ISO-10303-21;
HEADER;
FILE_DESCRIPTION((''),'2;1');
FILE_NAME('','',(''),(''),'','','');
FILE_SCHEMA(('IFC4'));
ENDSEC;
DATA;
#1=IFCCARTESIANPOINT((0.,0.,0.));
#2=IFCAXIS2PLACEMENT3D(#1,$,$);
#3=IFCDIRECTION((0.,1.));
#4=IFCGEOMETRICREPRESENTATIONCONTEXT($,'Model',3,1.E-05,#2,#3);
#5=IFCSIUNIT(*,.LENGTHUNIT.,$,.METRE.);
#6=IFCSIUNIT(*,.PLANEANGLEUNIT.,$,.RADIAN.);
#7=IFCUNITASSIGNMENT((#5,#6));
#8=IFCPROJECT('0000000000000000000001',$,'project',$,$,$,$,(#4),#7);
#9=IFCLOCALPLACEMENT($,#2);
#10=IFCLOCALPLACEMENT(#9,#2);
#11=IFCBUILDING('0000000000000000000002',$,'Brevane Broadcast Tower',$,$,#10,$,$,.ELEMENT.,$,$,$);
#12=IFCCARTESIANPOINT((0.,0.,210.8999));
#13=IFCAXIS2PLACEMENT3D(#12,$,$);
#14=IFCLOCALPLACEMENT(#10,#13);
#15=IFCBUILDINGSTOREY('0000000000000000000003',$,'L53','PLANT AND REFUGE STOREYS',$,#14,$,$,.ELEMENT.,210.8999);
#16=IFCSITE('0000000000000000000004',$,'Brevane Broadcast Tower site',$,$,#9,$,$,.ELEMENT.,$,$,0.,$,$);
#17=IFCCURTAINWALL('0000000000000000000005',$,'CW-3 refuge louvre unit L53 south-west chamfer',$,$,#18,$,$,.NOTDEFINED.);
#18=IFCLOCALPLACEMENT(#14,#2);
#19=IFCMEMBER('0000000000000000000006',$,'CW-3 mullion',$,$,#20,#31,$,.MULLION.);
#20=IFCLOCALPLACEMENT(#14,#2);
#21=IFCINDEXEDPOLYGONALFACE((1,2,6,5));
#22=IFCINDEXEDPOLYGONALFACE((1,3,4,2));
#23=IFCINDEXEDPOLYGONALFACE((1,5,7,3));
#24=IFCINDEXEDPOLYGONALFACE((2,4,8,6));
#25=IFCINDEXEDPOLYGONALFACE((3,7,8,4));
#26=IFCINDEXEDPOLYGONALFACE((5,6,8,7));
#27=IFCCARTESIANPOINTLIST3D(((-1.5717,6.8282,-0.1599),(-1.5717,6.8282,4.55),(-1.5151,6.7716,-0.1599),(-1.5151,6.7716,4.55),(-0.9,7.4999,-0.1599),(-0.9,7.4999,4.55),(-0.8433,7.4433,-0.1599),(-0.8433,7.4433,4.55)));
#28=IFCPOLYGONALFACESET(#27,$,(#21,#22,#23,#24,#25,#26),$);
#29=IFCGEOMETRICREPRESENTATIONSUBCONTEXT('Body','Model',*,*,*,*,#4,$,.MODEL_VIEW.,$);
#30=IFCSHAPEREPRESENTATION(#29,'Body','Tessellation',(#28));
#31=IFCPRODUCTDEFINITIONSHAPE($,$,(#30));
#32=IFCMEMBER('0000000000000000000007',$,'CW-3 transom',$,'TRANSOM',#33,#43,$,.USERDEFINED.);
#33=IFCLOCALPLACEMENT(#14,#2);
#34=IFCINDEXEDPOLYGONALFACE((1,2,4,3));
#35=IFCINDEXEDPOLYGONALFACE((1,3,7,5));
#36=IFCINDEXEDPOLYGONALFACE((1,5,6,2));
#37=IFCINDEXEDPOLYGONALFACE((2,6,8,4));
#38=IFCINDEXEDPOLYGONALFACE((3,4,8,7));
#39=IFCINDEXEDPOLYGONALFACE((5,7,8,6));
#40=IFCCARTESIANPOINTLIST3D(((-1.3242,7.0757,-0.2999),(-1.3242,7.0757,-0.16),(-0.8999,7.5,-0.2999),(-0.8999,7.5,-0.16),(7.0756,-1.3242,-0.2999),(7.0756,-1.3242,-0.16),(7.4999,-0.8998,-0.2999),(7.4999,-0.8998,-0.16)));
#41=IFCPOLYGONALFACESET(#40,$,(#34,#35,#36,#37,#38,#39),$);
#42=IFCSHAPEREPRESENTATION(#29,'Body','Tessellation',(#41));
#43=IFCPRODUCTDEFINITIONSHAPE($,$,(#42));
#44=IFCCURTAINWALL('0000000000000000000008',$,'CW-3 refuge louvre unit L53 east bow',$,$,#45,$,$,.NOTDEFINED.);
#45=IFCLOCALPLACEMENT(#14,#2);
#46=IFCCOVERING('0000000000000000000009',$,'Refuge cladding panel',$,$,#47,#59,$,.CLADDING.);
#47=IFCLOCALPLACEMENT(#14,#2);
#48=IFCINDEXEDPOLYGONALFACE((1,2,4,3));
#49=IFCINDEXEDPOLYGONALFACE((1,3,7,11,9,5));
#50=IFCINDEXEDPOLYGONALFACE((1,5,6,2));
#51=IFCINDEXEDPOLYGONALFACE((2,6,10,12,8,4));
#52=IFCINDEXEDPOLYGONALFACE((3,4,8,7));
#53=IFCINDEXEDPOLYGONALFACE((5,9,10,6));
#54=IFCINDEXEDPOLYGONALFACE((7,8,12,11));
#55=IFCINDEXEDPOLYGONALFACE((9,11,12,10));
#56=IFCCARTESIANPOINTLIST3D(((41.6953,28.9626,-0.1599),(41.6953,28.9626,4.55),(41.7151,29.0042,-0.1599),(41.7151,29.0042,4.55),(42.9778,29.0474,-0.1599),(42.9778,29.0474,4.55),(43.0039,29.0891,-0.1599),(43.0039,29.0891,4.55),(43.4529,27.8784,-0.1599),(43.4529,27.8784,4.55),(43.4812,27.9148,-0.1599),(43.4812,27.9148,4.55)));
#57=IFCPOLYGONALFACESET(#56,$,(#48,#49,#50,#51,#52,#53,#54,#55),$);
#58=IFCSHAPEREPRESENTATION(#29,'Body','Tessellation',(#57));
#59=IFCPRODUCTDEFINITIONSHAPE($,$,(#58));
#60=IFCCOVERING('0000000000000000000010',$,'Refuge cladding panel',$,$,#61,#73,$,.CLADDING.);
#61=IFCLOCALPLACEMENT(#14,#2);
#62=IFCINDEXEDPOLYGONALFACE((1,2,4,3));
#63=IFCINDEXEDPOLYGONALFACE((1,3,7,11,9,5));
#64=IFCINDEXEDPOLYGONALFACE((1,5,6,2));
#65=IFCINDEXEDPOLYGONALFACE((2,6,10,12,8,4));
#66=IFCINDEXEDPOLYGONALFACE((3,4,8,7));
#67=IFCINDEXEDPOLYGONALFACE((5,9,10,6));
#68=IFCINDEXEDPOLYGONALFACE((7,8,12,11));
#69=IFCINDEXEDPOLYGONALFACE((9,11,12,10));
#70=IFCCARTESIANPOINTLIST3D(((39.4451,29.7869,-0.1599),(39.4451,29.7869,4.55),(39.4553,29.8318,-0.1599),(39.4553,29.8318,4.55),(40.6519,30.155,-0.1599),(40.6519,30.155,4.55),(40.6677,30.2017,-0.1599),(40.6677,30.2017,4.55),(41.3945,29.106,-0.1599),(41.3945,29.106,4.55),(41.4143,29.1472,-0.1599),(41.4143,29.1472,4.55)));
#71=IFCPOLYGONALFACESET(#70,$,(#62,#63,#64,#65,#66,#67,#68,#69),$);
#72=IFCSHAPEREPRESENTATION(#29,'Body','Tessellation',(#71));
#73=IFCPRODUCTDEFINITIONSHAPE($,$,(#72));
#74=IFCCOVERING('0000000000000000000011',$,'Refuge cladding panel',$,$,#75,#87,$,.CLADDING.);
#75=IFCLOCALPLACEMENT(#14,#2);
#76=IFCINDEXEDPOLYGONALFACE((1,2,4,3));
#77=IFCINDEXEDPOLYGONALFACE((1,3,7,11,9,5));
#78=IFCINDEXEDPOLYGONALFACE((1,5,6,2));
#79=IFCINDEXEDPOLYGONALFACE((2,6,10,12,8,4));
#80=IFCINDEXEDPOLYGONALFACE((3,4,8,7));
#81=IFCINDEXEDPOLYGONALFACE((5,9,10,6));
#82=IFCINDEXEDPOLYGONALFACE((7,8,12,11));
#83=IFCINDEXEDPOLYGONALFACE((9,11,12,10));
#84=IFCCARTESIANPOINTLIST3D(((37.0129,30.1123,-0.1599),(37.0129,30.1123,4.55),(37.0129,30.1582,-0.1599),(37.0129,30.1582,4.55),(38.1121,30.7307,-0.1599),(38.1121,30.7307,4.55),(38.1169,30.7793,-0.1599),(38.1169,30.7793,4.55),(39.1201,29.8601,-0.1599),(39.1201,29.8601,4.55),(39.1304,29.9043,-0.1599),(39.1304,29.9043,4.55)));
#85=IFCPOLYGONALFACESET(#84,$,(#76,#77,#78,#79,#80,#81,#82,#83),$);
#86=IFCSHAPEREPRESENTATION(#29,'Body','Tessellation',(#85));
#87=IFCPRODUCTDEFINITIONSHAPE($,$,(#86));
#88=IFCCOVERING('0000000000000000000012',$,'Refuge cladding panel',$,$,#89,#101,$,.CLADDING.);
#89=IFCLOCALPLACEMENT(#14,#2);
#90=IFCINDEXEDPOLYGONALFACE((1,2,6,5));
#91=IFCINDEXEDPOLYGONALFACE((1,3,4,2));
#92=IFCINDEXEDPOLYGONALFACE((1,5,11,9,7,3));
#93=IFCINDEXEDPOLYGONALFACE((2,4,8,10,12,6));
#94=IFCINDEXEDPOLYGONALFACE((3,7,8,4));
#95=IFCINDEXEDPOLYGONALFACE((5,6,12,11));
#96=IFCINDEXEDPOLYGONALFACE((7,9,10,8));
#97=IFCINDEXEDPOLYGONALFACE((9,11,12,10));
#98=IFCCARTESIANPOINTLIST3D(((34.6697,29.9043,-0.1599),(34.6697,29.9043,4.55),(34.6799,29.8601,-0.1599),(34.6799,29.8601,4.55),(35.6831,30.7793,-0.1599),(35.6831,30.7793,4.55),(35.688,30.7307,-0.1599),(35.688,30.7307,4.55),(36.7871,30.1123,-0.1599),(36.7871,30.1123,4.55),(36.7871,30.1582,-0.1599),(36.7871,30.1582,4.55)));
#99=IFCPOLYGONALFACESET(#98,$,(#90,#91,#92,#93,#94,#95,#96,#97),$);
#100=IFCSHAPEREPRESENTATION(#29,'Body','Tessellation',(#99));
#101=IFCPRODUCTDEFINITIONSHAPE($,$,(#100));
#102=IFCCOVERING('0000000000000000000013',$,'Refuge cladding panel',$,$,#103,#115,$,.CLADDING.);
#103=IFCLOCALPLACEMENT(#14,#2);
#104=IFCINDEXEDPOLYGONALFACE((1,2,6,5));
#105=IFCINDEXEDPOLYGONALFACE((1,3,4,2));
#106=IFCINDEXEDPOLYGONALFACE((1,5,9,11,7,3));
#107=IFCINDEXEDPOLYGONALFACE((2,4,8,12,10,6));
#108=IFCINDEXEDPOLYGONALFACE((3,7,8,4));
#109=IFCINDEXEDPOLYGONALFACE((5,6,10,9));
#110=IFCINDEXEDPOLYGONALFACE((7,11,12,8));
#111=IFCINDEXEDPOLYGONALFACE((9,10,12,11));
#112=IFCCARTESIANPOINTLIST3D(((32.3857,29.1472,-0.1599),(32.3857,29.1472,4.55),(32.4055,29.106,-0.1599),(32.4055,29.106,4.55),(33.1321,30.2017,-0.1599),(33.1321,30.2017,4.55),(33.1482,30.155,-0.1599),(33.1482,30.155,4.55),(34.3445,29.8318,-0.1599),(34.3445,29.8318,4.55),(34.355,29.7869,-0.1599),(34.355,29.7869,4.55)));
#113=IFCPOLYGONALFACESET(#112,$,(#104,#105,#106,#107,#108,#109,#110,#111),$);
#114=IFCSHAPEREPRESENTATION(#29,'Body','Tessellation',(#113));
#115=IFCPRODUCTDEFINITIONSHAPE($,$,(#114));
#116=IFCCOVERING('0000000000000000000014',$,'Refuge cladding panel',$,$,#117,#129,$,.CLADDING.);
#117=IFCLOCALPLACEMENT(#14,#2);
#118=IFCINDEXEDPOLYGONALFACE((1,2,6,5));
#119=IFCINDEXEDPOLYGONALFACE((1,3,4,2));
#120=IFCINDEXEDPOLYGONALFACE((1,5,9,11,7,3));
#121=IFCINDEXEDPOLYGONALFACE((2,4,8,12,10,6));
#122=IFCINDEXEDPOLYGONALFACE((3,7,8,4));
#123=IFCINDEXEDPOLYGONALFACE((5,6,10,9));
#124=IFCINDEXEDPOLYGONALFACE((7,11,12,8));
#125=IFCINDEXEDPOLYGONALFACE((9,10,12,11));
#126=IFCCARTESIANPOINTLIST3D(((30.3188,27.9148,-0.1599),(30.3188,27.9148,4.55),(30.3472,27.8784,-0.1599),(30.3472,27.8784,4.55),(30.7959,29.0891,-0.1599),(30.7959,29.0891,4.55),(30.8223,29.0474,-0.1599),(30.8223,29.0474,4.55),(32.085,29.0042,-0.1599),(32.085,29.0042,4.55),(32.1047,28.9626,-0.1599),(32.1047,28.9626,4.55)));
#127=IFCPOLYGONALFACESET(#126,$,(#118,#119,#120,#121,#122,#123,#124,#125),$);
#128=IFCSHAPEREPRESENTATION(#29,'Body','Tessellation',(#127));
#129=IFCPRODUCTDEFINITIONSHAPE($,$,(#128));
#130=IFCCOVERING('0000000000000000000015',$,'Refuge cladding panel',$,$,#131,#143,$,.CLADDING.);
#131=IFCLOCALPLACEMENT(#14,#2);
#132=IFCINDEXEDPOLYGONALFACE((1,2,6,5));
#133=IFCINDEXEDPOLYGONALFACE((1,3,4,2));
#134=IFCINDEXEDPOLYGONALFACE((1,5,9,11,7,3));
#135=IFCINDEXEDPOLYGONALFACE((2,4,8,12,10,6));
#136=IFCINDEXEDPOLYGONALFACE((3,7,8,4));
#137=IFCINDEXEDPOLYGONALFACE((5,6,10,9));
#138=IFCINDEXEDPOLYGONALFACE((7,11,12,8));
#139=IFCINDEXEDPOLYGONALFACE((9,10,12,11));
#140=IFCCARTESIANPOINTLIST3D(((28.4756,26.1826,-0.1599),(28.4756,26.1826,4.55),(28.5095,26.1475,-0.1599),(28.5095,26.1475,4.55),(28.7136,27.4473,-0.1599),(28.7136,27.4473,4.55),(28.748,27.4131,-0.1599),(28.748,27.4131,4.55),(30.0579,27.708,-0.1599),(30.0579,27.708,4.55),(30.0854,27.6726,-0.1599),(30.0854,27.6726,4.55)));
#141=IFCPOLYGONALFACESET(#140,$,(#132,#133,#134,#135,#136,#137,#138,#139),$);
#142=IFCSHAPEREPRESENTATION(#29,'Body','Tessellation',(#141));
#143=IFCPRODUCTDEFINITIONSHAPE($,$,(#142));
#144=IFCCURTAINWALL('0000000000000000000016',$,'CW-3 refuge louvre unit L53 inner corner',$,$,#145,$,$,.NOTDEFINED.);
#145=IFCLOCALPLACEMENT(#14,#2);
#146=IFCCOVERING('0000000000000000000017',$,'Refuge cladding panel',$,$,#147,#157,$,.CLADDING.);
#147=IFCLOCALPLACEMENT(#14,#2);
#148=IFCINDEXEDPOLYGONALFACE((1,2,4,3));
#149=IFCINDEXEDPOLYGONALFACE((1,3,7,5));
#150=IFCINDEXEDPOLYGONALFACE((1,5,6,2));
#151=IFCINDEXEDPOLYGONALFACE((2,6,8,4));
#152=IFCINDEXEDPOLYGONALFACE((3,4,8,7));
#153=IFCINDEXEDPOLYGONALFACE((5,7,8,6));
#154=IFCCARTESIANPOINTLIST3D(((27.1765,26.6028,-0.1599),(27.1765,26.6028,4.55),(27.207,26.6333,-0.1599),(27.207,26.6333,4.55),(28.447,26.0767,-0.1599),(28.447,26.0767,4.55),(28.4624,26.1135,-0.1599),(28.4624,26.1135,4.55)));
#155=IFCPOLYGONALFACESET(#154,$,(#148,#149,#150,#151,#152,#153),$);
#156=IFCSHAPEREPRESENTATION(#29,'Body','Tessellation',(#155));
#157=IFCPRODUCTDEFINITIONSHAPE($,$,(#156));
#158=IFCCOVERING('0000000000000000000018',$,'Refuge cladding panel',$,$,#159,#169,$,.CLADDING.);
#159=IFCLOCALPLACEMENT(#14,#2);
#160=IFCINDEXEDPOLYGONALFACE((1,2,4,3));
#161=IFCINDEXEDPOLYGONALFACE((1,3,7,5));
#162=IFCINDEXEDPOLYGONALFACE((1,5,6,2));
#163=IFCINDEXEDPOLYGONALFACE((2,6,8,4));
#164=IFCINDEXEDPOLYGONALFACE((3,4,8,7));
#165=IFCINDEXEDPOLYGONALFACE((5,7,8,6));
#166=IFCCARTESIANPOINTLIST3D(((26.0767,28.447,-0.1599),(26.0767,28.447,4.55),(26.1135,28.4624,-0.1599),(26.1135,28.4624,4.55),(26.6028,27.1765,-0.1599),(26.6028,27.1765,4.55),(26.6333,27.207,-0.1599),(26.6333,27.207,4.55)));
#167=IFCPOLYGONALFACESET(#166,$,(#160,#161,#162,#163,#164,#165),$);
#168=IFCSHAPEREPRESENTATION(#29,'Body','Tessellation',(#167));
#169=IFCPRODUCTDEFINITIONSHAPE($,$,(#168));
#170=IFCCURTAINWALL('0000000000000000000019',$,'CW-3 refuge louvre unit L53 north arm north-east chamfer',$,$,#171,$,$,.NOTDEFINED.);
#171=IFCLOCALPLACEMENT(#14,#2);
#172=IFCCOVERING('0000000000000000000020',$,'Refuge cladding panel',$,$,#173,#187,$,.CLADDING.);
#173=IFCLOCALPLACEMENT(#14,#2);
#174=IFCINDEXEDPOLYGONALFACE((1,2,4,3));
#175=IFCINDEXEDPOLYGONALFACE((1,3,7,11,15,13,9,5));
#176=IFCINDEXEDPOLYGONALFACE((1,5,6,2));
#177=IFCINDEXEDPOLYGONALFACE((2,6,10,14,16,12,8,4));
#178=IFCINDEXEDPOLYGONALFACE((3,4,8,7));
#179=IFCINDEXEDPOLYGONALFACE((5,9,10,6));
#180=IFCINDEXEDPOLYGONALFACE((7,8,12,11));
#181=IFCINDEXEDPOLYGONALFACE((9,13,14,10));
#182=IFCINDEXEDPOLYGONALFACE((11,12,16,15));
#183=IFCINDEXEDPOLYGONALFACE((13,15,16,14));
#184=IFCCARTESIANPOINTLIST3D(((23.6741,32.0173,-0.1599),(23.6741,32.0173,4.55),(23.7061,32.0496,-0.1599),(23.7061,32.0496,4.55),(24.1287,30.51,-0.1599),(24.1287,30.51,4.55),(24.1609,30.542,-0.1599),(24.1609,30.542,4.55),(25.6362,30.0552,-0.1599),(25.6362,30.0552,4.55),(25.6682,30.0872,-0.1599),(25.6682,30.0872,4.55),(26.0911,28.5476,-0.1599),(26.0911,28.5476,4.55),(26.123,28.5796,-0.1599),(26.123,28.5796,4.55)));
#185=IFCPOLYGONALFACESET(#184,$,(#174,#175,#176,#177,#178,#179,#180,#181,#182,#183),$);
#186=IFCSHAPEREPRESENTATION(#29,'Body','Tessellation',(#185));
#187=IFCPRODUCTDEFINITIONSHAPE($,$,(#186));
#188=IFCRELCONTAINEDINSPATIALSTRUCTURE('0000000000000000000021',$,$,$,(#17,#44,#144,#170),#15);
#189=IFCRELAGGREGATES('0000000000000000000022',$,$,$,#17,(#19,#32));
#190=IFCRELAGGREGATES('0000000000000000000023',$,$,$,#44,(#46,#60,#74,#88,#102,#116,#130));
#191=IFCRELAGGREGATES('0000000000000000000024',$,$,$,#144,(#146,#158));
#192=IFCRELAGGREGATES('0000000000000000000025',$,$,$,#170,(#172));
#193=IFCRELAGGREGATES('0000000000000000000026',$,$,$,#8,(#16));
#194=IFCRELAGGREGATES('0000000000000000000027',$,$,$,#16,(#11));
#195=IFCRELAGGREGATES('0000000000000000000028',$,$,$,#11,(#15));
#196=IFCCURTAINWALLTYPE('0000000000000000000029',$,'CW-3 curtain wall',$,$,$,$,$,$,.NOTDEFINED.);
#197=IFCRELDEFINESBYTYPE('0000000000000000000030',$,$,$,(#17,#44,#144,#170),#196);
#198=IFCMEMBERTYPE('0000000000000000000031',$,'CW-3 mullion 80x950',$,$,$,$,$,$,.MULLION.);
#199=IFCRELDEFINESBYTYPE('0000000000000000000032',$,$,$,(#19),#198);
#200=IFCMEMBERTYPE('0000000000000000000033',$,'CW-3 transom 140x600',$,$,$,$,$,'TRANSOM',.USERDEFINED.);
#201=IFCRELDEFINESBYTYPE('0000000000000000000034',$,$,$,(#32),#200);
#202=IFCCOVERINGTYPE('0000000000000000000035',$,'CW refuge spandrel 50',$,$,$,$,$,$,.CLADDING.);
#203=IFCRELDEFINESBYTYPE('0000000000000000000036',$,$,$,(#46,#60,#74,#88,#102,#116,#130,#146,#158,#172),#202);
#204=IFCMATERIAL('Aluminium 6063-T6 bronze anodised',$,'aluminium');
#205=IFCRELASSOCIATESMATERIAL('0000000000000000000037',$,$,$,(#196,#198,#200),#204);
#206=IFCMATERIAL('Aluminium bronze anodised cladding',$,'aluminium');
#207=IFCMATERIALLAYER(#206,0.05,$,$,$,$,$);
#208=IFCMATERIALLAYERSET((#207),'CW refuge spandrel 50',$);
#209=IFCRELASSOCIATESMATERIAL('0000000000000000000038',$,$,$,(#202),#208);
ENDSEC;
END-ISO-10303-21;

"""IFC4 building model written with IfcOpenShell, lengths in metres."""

from ifc_helpers import new_model, si_unit, direction, frame, origin, origin_2d, place, context, subcontext, project, spatial, polyline, rectangle, outline, extrude, material, layer, layer_set, material_profile, profile_set, type_object, element, aggregate, save


model = new_model("IFC4")

# Units and contexts
model_context = context("Model", 3, precision=1e-05, world=origin(), true_north=direction((0.0, 1.0)))
body_context = subcontext(model_context, "Body", "Model", "MODEL_VIEW")
ifc_project = project(units=[si_unit("LENGTHUNIT", "METRE"), si_unit("PLANEANGLEUNIT", "RADIAN")], contexts=[model_context])

# Site, building, storey
site_placement = place(None, origin())
site = spatial("IfcSite", under=ifc_project, at=site_placement, Name="Brevane Broadcast Tower site", CompositionType="ELEMENT", RefElevation=0.0)
building_placement = place(site_placement, origin())
building = spatial("IfcBuilding", under=site, at=building_placement, Name="Brevane Broadcast Tower", CompositionType="ELEMENT")
storey_placement = place(building_placement, frame((0.0, 0.0, 210.8999)))
storey = spatial("IfcBuildingStorey", under=building, at=storey_placement, Name="L53", Description="PLANT AND REFUGE STOREYS", CompositionType="ELEMENT", Elevation=210.8999)

# Curtain wall, members
ifc_material_1 = material(Name="Aluminium 6063-T6 bronze anodised", Category="aluminium")
curtain_wall_type = type_object("IfcCurtainWallType", Name="CW-3 curtain wall", PredefinedType="NOTDEFINED", material=ifc_material_1)
curtain_wall_1_placement = place(storey_placement, origin())
curtain_wall_1 = element("IfcCurtainWall", 1, at=curtain_wall_1_placement, inside=storey, type_object=curtain_wall_type, Name="CW-3 refuge louvre unit L53 south-west chamfer", PredefinedType="NOTDEFINED")
ifc_material_profile_1 = material_profile(ifc_material_1, rectangle(XDim=0.95, YDim=0.0801, at=origin_2d()), Name="RECT 80x950")
ifc_profile_set_1 = profile_set([ifc_material_profile_1], Name="Aluminium 6063-T6 bronze anodised")
member_type_1 = type_object("IfcMemberType", Name="CW-3 mullion 80x950", PredefinedType="MULLION", material=ifc_profile_set_1)
member_1_placement = place(storey_placement, frame((-1.2075, 7.1357, -0.1599), z_axis=(0.0, 0.0, 1.0), x_axis=(0.707107, 0.707107, 0.0)))
member_1 = element("IfcMember", 2, at=member_1_placement, type_object=member_type_1, Name="CW-3 mullion", PredefinedType="MULLION", context=body_context, shape_type="SweptSolid", body=[
    extrude(rectangle(XDim=0.95, YDim=0.0801, at=origin_2d()), origin(), (0.0, 0.0, 1.0), 4.71),
])
ifc_material_profile_2 = material_profile(ifc_material_1, rectangle(XDim=0.6001, YDim=0.1399, at=origin_2d()), Name="RECT 140x600")
ifc_profile_set_2 = profile_set([ifc_material_profile_2], Name="Aluminium 6063-T6 bronze anodised")
member_type_2 = type_object("IfcMemberType", Name="CW-3 transom 140x600", ElementType="TRANSOM", PredefinedType="USERDEFINED", material=ifc_profile_set_2)
member_2_placement = place(storey_placement, frame((-1.1121, 7.2878, -0.23), z_axis=(0.707107, -0.707107, 0.0), x_axis=(0.707107, 0.707107, 0.0)))
member_2 = element("IfcMember", 3, at=member_2_placement, type_object=member_type_2, Name="CW-3 transom", ObjectType="TRANSOM", PredefinedType="USERDEFINED", context=body_context, shape_type="SweptSolid", body=[
    extrude(rectangle(XDim=0.6001, YDim=0.1399, at=origin_2d()), origin(), (0.0, 0.0, 1.0), 11.8792),
])
aggregate(curtain_wall_1, [member_1, member_2])

# Curtain walls, coverings
curtain_wall_2_placement = place(storey_placement, origin())
curtain_wall_2 = element("IfcCurtainWall", 4, at=curtain_wall_2_placement, inside=storey, type_object=curtain_wall_type, Name="CW-3 refuge louvre unit L53 east bow", PredefinedType="NOTDEFINED")
ifc_material_2 = material(Name="Aluminium bronze anodised cladding", Category="aluminium")
ifc_layer = layer(ifc_material_2, 0.05)
ifc_layer_set = layer_set([ifc_layer], Name="CW refuge spandrel 50")
covering_type = type_object("IfcCoveringType", Name="CW refuge spandrel 50", PredefinedType="CLADDING", material=ifc_layer_set)
covering_1_placement = place(storey_placement, frame((0.0, 0.0, -0.1599)))
covering_1 = element("IfcCovering", 5, at=covering_1_placement, type_object=covering_type, Name="Refuge cladding panel", PredefinedType="CLADDING", context=body_context, shape_type="SweptSolid", body=[
    extrude(outline(polyline([(43.4529, 27.8784), (43.4812, 27.9148), (43.0039, 29.0891), (41.7151, 29.0042), (41.6953, 28.9626), (42.9778, 29.0474), (43.4529, 27.8784)])), origin(), (0.0, 0.0, 1.0), 4.71),
])
covering_2_placement = place(storey_placement, frame((0.0, 0.0, -0.1599)))
covering_2 = element("IfcCovering", 6, at=covering_2_placement, type_object=covering_type, Name="Refuge cladding panel", PredefinedType="CLADDING", context=body_context, shape_type="SweptSolid", body=[
    extrude(outline(polyline([(41.3945, 29.106), (41.4143, 29.1472), (40.6677, 30.2017), (39.4553, 29.8318), (39.4451, 29.7869), (40.6519, 30.155), (41.3945, 29.106)])), origin(), (0.0, 0.0, 1.0), 4.71),
])
covering_3_placement = place(storey_placement, frame((0.0, 0.0, -0.1599)))
covering_3 = element("IfcCovering", 7, at=covering_3_placement, type_object=covering_type, Name="Refuge cladding panel", PredefinedType="CLADDING", context=body_context, shape_type="SweptSolid", body=[
    extrude(outline(polyline([(39.1201, 29.8601), (39.1304, 29.9043), (38.1169, 30.7793), (37.0129, 30.1582), (37.0129, 30.1123), (38.1121, 30.7307), (39.1201, 29.8601)])), origin(), (0.0, 0.0, 1.0), 4.71),
])
covering_4_placement = place(storey_placement, frame((0.0, 0.0, -0.1599)))
covering_4 = element("IfcCovering", 8, at=covering_4_placement, type_object=covering_type, Name="Refuge cladding panel", PredefinedType="CLADDING", context=body_context, shape_type="SweptSolid", body=[
    extrude(outline(polyline([(36.7871, 30.1123), (36.7871, 30.1582), (35.6831, 30.7793), (34.6697, 29.9043), (34.6799, 29.8601), (35.688, 30.7307), (36.7871, 30.1123)])), origin(), (0.0, 0.0, 1.0), 4.71),
])
covering_5_placement = place(storey_placement, frame((0.0, 0.0, -0.1599)))
covering_5 = element("IfcCovering", 9, at=covering_5_placement, type_object=covering_type, Name="Refuge cladding panel", PredefinedType="CLADDING", context=body_context, shape_type="SweptSolid", body=[
    extrude(outline(polyline([(34.355, 29.7869), (34.3445, 29.8318), (33.1321, 30.2017), (32.3857, 29.1472), (32.4055, 29.106), (33.1482, 30.155), (34.355, 29.7869)])), origin(), (0.0, 0.0, 1.0), 4.71),
])
covering_6_placement = place(storey_placement, frame((0.0, 0.0, -0.1599)))
covering_6 = element("IfcCovering", 10, at=covering_6_placement, type_object=covering_type, Name="Refuge cladding panel", PredefinedType="CLADDING", context=body_context, shape_type="SweptSolid", body=[
    extrude(outline(polyline([(32.1047, 28.9626), (32.085, 29.0042), (30.7959, 29.0891), (30.3188, 27.9148), (30.3472, 27.8784), (30.8223, 29.0474), (32.1047, 28.9626)])), origin(), (0.0, 0.0, 1.0), 4.71),
])
covering_7_placement = place(storey_placement, frame((0.0, 0.0, -0.1599)))
covering_7 = element("IfcCovering", 11, at=covering_7_placement, type_object=covering_type, Name="Refuge cladding panel", PredefinedType="CLADDING", context=body_context, shape_type="SweptSolid", body=[
    extrude(outline(polyline([(30.0854, 27.6726), (30.0579, 27.708), (28.7136, 27.4473), (28.4756, 26.1826), (28.5095, 26.1475), (28.748, 27.4131), (30.0854, 27.6726)])), origin(), (0.0, 0.0, 1.0), 4.71),
])
aggregate(curtain_wall_2, [covering_1, covering_2, covering_3, covering_4, covering_5, covering_6, covering_7])
curtain_wall_3_placement = place(storey_placement, origin())
curtain_wall_3 = element("IfcCurtainWall", 12, at=curtain_wall_3_placement, inside=storey, type_object=curtain_wall_type, Name="CW-3 refuge louvre unit L53 inner corner", PredefinedType="NOTDEFINED")
covering_8_placement = place(storey_placement, frame((0.0, 0.0, -0.1599)))
covering_8 = element("IfcCovering", 13, at=covering_8_placement, type_object=covering_type, Name="Refuge cladding panel", PredefinedType="CLADDING", context=body_context, shape_type="SweptSolid", body=[
    extrude(outline(polyline([(28.447, 26.0767), (28.4624, 26.1135), (27.207, 26.6333), (27.1765, 26.6028), (28.447, 26.0767)])), origin(), (0.0, 0.0, 1.0), 4.71),
])
covering_9_placement = place(storey_placement, frame((0.0, 0.0, -0.1599)))
covering_9 = element("IfcCovering", 14, at=covering_9_placement, type_object=covering_type, Name="Refuge cladding panel", PredefinedType="CLADDING", context=body_context, shape_type="SweptSolid", body=[
    extrude(outline(polyline([(26.6028, 27.1765), (26.6333, 27.207), (26.1135, 28.4624), (26.0767, 28.447), (26.6028, 27.1765)])), origin(), (0.0, 0.0, 1.0), 4.71),
])
aggregate(curtain_wall_3, [covering_8, covering_9])
curtain_wall_4_placement = place(storey_placement, origin())
curtain_wall_4 = element("IfcCurtainWall", 15, at=curtain_wall_4_placement, inside=storey, type_object=curtain_wall_type, Name="CW-3 refuge louvre unit L53 north arm north-east chamfer", PredefinedType="NOTDEFINED")
covering_10_placement = place(storey_placement, frame((0.0, 0.0, -0.1599)))
covering_10 = element("IfcCovering", 16, at=covering_10_placement, type_object=covering_type, Name="Refuge cladding panel", PredefinedType="CLADDING", context=body_context, shape_type="SweptSolid", body=[
    extrude(outline(polyline([(26.0911, 28.5476), (26.123, 28.5796), (25.6682, 30.0872), (24.1609, 30.542), (23.7061, 32.0496), (23.6741, 32.0173), (24.1287, 30.51), (25.6362, 30.0552), (26.0911, 28.5476)])), origin(), (0.0, 0.0, 1.0), 4.71),
])
aggregate(curtain_wall_4, [covering_10])

save(model, "model.ifc")
